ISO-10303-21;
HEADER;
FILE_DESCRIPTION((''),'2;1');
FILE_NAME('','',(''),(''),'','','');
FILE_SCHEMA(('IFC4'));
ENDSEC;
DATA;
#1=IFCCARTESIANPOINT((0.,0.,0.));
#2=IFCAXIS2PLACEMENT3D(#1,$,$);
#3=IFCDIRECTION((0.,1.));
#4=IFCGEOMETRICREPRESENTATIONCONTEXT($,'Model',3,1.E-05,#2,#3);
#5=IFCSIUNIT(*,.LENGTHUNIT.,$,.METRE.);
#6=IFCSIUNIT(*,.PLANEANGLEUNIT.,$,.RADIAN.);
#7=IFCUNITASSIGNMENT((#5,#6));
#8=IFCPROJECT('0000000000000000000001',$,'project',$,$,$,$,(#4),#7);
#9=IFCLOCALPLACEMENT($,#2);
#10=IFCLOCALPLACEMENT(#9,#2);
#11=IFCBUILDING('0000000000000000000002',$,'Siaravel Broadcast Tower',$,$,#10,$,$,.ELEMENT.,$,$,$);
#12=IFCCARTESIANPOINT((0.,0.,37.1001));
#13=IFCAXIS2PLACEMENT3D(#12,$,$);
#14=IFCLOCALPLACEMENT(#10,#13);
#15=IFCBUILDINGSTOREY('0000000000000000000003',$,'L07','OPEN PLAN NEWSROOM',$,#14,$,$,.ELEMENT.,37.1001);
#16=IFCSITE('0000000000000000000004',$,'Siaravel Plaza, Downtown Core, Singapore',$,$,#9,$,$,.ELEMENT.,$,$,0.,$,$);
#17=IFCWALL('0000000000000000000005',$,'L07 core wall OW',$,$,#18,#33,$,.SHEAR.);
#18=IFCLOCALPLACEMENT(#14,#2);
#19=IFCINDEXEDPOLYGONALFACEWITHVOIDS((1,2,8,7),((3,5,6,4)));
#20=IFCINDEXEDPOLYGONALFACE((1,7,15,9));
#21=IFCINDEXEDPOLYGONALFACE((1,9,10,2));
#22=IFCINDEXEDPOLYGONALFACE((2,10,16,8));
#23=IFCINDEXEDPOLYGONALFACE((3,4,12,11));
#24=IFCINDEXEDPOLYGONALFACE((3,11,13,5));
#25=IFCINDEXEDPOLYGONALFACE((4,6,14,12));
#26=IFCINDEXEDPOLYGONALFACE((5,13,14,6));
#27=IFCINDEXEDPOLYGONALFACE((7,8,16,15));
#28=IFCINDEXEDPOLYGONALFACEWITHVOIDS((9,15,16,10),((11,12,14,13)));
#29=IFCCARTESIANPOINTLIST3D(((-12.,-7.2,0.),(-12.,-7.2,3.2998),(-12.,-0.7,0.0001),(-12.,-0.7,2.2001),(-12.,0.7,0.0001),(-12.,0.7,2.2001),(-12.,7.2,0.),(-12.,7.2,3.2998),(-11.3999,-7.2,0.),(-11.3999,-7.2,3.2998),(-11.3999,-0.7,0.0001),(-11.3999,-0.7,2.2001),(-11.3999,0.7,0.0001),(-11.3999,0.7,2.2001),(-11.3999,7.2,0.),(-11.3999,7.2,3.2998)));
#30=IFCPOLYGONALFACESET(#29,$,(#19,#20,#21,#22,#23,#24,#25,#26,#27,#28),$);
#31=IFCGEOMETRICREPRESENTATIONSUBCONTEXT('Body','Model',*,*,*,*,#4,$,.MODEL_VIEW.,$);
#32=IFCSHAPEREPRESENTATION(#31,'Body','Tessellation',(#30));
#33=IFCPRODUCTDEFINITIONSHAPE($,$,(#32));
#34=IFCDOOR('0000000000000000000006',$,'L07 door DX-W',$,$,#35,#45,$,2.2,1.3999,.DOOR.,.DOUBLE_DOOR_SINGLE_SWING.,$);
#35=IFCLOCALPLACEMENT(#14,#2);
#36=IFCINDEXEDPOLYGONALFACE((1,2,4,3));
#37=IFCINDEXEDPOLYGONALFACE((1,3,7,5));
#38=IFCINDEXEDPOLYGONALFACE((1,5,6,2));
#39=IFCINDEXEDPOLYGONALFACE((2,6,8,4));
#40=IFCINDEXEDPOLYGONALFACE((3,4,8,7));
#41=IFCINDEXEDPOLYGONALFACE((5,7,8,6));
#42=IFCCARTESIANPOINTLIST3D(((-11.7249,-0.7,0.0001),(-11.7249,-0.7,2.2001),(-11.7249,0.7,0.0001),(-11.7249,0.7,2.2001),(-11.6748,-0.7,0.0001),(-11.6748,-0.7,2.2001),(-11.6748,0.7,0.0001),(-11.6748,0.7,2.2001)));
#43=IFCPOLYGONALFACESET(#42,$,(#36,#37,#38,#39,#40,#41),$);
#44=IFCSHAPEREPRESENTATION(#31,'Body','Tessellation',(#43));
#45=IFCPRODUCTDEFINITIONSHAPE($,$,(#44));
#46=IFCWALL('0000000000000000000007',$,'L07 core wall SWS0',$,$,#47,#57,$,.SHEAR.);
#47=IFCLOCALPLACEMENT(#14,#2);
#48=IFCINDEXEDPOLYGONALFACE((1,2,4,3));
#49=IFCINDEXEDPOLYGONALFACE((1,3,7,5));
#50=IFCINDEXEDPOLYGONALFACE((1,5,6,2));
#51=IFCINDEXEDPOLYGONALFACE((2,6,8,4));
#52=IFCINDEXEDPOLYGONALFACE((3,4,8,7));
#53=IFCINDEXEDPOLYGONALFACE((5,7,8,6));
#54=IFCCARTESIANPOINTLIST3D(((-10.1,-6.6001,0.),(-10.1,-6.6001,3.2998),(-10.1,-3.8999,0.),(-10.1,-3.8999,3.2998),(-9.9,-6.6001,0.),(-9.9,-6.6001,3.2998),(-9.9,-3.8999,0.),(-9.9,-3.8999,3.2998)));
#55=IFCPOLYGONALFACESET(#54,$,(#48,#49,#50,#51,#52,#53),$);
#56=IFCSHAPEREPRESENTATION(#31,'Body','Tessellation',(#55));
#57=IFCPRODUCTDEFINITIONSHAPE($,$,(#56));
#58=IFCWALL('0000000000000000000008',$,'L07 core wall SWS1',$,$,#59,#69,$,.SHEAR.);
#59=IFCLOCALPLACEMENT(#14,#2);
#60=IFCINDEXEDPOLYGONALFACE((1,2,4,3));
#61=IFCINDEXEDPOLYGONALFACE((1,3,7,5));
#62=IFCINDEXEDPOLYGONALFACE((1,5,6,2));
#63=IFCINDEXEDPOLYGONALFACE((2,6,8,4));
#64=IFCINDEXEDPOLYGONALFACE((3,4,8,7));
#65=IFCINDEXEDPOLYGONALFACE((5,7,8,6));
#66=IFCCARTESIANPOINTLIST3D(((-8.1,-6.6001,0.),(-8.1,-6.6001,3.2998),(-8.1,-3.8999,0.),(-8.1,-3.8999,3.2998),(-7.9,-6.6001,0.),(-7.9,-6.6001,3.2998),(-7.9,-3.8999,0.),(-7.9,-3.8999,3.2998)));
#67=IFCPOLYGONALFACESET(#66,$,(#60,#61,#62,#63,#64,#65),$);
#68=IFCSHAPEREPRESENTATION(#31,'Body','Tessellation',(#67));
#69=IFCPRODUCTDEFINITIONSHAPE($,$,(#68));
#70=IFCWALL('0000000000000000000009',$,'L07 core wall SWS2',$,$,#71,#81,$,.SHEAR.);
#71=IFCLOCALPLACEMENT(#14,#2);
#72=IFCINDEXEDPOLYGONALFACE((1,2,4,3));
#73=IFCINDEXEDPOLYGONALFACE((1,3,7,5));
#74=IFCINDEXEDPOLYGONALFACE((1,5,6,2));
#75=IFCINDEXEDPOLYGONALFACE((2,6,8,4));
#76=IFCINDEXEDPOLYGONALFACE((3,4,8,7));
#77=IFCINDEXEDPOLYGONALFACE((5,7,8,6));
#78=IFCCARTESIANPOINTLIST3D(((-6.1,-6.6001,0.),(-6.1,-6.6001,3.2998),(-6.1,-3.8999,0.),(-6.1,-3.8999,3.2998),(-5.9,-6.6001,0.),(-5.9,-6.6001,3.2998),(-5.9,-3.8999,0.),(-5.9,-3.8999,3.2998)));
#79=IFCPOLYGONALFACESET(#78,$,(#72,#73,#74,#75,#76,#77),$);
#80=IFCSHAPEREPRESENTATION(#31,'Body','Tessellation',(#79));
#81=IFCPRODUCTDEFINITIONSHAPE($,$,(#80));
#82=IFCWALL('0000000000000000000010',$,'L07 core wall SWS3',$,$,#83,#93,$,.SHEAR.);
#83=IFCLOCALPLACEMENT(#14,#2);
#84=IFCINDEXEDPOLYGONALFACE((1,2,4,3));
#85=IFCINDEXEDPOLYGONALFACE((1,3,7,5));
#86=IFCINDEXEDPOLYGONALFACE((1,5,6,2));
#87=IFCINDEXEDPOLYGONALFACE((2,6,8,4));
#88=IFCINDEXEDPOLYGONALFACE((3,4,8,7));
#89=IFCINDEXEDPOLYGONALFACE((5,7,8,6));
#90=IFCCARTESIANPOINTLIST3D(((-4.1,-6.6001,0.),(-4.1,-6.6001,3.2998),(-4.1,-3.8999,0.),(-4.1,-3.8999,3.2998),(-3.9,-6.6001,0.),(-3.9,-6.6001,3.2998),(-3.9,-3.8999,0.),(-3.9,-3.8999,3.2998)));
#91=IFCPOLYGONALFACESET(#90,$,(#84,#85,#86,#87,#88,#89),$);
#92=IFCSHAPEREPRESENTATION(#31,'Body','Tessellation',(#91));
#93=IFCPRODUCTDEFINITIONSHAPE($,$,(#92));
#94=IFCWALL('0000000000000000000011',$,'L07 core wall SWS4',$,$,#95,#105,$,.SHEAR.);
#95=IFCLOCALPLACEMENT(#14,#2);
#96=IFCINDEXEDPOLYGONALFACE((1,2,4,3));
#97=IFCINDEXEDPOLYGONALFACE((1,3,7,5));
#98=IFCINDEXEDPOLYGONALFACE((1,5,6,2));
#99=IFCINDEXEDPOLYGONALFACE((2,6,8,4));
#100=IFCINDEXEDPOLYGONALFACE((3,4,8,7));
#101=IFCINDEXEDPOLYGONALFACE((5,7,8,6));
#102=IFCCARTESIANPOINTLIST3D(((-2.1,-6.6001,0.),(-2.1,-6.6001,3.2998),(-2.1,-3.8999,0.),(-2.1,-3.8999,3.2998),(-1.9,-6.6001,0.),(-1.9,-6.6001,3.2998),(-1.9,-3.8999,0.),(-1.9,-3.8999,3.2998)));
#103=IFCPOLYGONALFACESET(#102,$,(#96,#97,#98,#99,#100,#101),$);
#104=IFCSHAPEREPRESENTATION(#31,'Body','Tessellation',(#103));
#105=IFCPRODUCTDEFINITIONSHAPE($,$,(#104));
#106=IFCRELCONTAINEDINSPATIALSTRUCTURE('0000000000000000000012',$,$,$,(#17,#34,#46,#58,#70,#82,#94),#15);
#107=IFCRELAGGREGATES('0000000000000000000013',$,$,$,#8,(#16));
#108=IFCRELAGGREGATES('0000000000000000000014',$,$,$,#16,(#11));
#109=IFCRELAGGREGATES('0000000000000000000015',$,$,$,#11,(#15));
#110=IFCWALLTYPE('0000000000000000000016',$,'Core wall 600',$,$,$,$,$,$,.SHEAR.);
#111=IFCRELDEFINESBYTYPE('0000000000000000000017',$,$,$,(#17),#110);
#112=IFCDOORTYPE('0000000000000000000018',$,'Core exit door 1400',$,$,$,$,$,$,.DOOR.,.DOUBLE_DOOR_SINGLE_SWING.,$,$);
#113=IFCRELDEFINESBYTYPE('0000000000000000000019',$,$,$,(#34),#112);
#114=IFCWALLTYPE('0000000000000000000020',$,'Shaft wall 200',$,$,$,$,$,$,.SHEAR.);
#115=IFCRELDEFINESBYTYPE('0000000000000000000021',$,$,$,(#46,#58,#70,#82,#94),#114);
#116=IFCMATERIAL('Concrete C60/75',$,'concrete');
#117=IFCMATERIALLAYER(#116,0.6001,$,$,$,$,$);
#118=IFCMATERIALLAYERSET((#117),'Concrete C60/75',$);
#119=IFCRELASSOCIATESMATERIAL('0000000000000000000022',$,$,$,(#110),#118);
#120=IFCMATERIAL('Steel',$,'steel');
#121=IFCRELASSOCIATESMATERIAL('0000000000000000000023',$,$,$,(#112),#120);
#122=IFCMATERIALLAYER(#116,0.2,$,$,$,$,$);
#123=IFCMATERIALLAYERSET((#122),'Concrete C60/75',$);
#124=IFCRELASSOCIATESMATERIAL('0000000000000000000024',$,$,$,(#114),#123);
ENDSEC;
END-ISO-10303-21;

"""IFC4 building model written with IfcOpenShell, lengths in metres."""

from ifc_helpers import new_model, si_unit, direction, frame, frame_2d, origin, place, context, subcontext, project, spatial, rectangle, extrude, material, layer, layer_set, type_object, element, fill, save


model = new_model("IFC4")

# Units and contexts
model_context = context("Model", 3, precision=1e-05, world=origin(), true_north=direction((0.0, 1.0)))
body_context = subcontext(model_context, "Body", "Model", "MODEL_VIEW")
ifc_project = project(units=[si_unit("LENGTHUNIT", "METRE"), si_unit("PLANEANGLEUNIT", "RADIAN")], contexts=[model_context])

# Site, building, storey
site_placement = place(None, origin())
site = spatial("IfcSite", under=ifc_project, at=site_placement, Name="Siaravel Plaza, Downtown Core, Singapore", CompositionType="ELEMENT", RefElevation=0.0)
building_placement = place(site_placement, origin())
building = spatial("IfcBuilding", under=site, at=building_placement, Name="Siaravel Broadcast Tower", CompositionType="ELEMENT")
storey_placement = place(building_placement, frame((0.0, 0.0, 37.1001)))
storey = spatial("IfcBuildingStorey", under=building, at=storey_placement, Name="L07", Description="OPEN PLAN NEWSROOM", CompositionType="ELEMENT", Elevation=37.1001)

# Wall, opening, door
ifc_material_1 = material(Name="Concrete C60/75", Category="concrete")
ifc_layer_1 = layer(ifc_material_1, 0.6001)
ifc_layer_set_1 = layer_set([ifc_layer_1], Name="Concrete C60/75")
wall_type_1 = type_object("IfcWallType", Name="Core wall 600", PredefinedType="SHEAR", material=ifc_layer_set_1)
wall_1_placement = place(storey_placement, frame((-11.7, -7.2, 0.0), z_axis=(0.0, 0.0, 1.0), x_axis=(0.0, 1.0, 0.0)))
wall_1 = element("IfcWall", 1, at=wall_1_placement, inside=storey, type_object=wall_type_1, Name="L07 core wall OW", PredefinedType="SHEAR", context=body_context, shape_type="SweptSolid", body=[
    extrude(rectangle(XDim=14.3999, YDim=0.6001, at=frame_2d((7.2, 0.0))), origin(), (0.0, 0.0, 1.0), 3.2998),
])
opening_1_placement = place(wall_1_placement, frame((6.5, 0.0, 0.0)))
opening_1 = element("IfcOpeningElement", 2, at=opening_1_placement, cuts=wall_1, PredefinedType="OPENING", context=body_context, shape_type="SweptSolid", body=[
    extrude(rectangle(XDim=1.3999, YDim=2.2, at=frame_2d((0.7, 1.1001))), frame((0.0, 0.3101, 0.0), z_axis=(0.0, -1.0, 0.0), x_axis=(1.0, 0.0, 0.0)), (0.0, 0.0, 1.0), 0.6201),
])
ifc_material_2 = material(Name="Steel", Category="steel")
door_type_1 = type_object("IfcDoorType", Name="Core exit door 1400", OperationType="DOUBLE_DOOR_SINGLE_SWING", PredefinedType="DOOR", material=ifc_material_2)
door_1_placement = place(opening_1_placement, origin())
door_1 = element("IfcDoor", 3, at=door_1_placement, inside=storey, type_object=door_type_1, Name="L07 door DX-W", OperationType="DOUBLE_DOOR_SINGLE_SWING", OverallHeight=2.2, OverallWidth=1.3999, PredefinedType="DOOR", context=body_context, shape_type="SweptSolid", body=[
    extrude(rectangle(XDim=1.3999, YDim=2.2, at=frame_2d((0.7, 1.1001))), frame((0.0, 0.0249, 0.0), z_axis=(0.0, -1.0, 0.0), x_axis=(1.0, 0.0, 0.0)), (0.0, 0.0, 1.0), 0.05),
])
fill(opening_1, door_1)

# Walls
ifc_layer_2 = layer(ifc_material_1, 0.2)
ifc_layer_set_2 = layer_set([ifc_layer_2], Name="Concrete C60/75")
wall_type_2 = type_object("IfcWallType", Name="Shaft wall 200", PredefinedType="SHEAR", material=ifc_layer_set_2)
for number, where, z_axis, x_axis, name in (
    (4, (-10.0, -6.6001, 0.0), (0.0, 0.0, 1.0), (0.0, 1.0, 0.0), "L07 core wall SWS0"),
    (5, (-8.0, -6.6001, 0.0), (0.0, 0.0, 1.0), (0.0, 1.0, 0.0), "L07 core wall SWS1"),
    (6, (-6.0, -6.6001, 0.0), (0.0, 0.0, 1.0), (0.0, 1.0, 0.0), "L07 core wall SWS2"),
    (7, (-4.0, -6.6001, 0.0), (0.0, 0.0, 1.0), (0.0, 1.0, 0.0), "L07 core wall SWS3"),
    (8, (-2.0, -6.6001, 0.0), (0.0, 0.0, 1.0), (0.0, 1.0, 0.0), "L07 core wall SWS4"),
):
    element("IfcWall", number, at=place(storey_placement, frame(where, z_axis=z_axis, x_axis=x_axis)), inside=storey, type_object=wall_type_2, Name=name, PredefinedType="SHEAR", context=body_context, shape_type="SweptSolid", body=[
        extrude(rectangle(XDim=2.7002, YDim=0.2, at=frame_2d((1.3501, 0.0))), origin(), (0.0, 0.0, 1.0), 3.2998),
    ])

save(model, "model.ifc")
